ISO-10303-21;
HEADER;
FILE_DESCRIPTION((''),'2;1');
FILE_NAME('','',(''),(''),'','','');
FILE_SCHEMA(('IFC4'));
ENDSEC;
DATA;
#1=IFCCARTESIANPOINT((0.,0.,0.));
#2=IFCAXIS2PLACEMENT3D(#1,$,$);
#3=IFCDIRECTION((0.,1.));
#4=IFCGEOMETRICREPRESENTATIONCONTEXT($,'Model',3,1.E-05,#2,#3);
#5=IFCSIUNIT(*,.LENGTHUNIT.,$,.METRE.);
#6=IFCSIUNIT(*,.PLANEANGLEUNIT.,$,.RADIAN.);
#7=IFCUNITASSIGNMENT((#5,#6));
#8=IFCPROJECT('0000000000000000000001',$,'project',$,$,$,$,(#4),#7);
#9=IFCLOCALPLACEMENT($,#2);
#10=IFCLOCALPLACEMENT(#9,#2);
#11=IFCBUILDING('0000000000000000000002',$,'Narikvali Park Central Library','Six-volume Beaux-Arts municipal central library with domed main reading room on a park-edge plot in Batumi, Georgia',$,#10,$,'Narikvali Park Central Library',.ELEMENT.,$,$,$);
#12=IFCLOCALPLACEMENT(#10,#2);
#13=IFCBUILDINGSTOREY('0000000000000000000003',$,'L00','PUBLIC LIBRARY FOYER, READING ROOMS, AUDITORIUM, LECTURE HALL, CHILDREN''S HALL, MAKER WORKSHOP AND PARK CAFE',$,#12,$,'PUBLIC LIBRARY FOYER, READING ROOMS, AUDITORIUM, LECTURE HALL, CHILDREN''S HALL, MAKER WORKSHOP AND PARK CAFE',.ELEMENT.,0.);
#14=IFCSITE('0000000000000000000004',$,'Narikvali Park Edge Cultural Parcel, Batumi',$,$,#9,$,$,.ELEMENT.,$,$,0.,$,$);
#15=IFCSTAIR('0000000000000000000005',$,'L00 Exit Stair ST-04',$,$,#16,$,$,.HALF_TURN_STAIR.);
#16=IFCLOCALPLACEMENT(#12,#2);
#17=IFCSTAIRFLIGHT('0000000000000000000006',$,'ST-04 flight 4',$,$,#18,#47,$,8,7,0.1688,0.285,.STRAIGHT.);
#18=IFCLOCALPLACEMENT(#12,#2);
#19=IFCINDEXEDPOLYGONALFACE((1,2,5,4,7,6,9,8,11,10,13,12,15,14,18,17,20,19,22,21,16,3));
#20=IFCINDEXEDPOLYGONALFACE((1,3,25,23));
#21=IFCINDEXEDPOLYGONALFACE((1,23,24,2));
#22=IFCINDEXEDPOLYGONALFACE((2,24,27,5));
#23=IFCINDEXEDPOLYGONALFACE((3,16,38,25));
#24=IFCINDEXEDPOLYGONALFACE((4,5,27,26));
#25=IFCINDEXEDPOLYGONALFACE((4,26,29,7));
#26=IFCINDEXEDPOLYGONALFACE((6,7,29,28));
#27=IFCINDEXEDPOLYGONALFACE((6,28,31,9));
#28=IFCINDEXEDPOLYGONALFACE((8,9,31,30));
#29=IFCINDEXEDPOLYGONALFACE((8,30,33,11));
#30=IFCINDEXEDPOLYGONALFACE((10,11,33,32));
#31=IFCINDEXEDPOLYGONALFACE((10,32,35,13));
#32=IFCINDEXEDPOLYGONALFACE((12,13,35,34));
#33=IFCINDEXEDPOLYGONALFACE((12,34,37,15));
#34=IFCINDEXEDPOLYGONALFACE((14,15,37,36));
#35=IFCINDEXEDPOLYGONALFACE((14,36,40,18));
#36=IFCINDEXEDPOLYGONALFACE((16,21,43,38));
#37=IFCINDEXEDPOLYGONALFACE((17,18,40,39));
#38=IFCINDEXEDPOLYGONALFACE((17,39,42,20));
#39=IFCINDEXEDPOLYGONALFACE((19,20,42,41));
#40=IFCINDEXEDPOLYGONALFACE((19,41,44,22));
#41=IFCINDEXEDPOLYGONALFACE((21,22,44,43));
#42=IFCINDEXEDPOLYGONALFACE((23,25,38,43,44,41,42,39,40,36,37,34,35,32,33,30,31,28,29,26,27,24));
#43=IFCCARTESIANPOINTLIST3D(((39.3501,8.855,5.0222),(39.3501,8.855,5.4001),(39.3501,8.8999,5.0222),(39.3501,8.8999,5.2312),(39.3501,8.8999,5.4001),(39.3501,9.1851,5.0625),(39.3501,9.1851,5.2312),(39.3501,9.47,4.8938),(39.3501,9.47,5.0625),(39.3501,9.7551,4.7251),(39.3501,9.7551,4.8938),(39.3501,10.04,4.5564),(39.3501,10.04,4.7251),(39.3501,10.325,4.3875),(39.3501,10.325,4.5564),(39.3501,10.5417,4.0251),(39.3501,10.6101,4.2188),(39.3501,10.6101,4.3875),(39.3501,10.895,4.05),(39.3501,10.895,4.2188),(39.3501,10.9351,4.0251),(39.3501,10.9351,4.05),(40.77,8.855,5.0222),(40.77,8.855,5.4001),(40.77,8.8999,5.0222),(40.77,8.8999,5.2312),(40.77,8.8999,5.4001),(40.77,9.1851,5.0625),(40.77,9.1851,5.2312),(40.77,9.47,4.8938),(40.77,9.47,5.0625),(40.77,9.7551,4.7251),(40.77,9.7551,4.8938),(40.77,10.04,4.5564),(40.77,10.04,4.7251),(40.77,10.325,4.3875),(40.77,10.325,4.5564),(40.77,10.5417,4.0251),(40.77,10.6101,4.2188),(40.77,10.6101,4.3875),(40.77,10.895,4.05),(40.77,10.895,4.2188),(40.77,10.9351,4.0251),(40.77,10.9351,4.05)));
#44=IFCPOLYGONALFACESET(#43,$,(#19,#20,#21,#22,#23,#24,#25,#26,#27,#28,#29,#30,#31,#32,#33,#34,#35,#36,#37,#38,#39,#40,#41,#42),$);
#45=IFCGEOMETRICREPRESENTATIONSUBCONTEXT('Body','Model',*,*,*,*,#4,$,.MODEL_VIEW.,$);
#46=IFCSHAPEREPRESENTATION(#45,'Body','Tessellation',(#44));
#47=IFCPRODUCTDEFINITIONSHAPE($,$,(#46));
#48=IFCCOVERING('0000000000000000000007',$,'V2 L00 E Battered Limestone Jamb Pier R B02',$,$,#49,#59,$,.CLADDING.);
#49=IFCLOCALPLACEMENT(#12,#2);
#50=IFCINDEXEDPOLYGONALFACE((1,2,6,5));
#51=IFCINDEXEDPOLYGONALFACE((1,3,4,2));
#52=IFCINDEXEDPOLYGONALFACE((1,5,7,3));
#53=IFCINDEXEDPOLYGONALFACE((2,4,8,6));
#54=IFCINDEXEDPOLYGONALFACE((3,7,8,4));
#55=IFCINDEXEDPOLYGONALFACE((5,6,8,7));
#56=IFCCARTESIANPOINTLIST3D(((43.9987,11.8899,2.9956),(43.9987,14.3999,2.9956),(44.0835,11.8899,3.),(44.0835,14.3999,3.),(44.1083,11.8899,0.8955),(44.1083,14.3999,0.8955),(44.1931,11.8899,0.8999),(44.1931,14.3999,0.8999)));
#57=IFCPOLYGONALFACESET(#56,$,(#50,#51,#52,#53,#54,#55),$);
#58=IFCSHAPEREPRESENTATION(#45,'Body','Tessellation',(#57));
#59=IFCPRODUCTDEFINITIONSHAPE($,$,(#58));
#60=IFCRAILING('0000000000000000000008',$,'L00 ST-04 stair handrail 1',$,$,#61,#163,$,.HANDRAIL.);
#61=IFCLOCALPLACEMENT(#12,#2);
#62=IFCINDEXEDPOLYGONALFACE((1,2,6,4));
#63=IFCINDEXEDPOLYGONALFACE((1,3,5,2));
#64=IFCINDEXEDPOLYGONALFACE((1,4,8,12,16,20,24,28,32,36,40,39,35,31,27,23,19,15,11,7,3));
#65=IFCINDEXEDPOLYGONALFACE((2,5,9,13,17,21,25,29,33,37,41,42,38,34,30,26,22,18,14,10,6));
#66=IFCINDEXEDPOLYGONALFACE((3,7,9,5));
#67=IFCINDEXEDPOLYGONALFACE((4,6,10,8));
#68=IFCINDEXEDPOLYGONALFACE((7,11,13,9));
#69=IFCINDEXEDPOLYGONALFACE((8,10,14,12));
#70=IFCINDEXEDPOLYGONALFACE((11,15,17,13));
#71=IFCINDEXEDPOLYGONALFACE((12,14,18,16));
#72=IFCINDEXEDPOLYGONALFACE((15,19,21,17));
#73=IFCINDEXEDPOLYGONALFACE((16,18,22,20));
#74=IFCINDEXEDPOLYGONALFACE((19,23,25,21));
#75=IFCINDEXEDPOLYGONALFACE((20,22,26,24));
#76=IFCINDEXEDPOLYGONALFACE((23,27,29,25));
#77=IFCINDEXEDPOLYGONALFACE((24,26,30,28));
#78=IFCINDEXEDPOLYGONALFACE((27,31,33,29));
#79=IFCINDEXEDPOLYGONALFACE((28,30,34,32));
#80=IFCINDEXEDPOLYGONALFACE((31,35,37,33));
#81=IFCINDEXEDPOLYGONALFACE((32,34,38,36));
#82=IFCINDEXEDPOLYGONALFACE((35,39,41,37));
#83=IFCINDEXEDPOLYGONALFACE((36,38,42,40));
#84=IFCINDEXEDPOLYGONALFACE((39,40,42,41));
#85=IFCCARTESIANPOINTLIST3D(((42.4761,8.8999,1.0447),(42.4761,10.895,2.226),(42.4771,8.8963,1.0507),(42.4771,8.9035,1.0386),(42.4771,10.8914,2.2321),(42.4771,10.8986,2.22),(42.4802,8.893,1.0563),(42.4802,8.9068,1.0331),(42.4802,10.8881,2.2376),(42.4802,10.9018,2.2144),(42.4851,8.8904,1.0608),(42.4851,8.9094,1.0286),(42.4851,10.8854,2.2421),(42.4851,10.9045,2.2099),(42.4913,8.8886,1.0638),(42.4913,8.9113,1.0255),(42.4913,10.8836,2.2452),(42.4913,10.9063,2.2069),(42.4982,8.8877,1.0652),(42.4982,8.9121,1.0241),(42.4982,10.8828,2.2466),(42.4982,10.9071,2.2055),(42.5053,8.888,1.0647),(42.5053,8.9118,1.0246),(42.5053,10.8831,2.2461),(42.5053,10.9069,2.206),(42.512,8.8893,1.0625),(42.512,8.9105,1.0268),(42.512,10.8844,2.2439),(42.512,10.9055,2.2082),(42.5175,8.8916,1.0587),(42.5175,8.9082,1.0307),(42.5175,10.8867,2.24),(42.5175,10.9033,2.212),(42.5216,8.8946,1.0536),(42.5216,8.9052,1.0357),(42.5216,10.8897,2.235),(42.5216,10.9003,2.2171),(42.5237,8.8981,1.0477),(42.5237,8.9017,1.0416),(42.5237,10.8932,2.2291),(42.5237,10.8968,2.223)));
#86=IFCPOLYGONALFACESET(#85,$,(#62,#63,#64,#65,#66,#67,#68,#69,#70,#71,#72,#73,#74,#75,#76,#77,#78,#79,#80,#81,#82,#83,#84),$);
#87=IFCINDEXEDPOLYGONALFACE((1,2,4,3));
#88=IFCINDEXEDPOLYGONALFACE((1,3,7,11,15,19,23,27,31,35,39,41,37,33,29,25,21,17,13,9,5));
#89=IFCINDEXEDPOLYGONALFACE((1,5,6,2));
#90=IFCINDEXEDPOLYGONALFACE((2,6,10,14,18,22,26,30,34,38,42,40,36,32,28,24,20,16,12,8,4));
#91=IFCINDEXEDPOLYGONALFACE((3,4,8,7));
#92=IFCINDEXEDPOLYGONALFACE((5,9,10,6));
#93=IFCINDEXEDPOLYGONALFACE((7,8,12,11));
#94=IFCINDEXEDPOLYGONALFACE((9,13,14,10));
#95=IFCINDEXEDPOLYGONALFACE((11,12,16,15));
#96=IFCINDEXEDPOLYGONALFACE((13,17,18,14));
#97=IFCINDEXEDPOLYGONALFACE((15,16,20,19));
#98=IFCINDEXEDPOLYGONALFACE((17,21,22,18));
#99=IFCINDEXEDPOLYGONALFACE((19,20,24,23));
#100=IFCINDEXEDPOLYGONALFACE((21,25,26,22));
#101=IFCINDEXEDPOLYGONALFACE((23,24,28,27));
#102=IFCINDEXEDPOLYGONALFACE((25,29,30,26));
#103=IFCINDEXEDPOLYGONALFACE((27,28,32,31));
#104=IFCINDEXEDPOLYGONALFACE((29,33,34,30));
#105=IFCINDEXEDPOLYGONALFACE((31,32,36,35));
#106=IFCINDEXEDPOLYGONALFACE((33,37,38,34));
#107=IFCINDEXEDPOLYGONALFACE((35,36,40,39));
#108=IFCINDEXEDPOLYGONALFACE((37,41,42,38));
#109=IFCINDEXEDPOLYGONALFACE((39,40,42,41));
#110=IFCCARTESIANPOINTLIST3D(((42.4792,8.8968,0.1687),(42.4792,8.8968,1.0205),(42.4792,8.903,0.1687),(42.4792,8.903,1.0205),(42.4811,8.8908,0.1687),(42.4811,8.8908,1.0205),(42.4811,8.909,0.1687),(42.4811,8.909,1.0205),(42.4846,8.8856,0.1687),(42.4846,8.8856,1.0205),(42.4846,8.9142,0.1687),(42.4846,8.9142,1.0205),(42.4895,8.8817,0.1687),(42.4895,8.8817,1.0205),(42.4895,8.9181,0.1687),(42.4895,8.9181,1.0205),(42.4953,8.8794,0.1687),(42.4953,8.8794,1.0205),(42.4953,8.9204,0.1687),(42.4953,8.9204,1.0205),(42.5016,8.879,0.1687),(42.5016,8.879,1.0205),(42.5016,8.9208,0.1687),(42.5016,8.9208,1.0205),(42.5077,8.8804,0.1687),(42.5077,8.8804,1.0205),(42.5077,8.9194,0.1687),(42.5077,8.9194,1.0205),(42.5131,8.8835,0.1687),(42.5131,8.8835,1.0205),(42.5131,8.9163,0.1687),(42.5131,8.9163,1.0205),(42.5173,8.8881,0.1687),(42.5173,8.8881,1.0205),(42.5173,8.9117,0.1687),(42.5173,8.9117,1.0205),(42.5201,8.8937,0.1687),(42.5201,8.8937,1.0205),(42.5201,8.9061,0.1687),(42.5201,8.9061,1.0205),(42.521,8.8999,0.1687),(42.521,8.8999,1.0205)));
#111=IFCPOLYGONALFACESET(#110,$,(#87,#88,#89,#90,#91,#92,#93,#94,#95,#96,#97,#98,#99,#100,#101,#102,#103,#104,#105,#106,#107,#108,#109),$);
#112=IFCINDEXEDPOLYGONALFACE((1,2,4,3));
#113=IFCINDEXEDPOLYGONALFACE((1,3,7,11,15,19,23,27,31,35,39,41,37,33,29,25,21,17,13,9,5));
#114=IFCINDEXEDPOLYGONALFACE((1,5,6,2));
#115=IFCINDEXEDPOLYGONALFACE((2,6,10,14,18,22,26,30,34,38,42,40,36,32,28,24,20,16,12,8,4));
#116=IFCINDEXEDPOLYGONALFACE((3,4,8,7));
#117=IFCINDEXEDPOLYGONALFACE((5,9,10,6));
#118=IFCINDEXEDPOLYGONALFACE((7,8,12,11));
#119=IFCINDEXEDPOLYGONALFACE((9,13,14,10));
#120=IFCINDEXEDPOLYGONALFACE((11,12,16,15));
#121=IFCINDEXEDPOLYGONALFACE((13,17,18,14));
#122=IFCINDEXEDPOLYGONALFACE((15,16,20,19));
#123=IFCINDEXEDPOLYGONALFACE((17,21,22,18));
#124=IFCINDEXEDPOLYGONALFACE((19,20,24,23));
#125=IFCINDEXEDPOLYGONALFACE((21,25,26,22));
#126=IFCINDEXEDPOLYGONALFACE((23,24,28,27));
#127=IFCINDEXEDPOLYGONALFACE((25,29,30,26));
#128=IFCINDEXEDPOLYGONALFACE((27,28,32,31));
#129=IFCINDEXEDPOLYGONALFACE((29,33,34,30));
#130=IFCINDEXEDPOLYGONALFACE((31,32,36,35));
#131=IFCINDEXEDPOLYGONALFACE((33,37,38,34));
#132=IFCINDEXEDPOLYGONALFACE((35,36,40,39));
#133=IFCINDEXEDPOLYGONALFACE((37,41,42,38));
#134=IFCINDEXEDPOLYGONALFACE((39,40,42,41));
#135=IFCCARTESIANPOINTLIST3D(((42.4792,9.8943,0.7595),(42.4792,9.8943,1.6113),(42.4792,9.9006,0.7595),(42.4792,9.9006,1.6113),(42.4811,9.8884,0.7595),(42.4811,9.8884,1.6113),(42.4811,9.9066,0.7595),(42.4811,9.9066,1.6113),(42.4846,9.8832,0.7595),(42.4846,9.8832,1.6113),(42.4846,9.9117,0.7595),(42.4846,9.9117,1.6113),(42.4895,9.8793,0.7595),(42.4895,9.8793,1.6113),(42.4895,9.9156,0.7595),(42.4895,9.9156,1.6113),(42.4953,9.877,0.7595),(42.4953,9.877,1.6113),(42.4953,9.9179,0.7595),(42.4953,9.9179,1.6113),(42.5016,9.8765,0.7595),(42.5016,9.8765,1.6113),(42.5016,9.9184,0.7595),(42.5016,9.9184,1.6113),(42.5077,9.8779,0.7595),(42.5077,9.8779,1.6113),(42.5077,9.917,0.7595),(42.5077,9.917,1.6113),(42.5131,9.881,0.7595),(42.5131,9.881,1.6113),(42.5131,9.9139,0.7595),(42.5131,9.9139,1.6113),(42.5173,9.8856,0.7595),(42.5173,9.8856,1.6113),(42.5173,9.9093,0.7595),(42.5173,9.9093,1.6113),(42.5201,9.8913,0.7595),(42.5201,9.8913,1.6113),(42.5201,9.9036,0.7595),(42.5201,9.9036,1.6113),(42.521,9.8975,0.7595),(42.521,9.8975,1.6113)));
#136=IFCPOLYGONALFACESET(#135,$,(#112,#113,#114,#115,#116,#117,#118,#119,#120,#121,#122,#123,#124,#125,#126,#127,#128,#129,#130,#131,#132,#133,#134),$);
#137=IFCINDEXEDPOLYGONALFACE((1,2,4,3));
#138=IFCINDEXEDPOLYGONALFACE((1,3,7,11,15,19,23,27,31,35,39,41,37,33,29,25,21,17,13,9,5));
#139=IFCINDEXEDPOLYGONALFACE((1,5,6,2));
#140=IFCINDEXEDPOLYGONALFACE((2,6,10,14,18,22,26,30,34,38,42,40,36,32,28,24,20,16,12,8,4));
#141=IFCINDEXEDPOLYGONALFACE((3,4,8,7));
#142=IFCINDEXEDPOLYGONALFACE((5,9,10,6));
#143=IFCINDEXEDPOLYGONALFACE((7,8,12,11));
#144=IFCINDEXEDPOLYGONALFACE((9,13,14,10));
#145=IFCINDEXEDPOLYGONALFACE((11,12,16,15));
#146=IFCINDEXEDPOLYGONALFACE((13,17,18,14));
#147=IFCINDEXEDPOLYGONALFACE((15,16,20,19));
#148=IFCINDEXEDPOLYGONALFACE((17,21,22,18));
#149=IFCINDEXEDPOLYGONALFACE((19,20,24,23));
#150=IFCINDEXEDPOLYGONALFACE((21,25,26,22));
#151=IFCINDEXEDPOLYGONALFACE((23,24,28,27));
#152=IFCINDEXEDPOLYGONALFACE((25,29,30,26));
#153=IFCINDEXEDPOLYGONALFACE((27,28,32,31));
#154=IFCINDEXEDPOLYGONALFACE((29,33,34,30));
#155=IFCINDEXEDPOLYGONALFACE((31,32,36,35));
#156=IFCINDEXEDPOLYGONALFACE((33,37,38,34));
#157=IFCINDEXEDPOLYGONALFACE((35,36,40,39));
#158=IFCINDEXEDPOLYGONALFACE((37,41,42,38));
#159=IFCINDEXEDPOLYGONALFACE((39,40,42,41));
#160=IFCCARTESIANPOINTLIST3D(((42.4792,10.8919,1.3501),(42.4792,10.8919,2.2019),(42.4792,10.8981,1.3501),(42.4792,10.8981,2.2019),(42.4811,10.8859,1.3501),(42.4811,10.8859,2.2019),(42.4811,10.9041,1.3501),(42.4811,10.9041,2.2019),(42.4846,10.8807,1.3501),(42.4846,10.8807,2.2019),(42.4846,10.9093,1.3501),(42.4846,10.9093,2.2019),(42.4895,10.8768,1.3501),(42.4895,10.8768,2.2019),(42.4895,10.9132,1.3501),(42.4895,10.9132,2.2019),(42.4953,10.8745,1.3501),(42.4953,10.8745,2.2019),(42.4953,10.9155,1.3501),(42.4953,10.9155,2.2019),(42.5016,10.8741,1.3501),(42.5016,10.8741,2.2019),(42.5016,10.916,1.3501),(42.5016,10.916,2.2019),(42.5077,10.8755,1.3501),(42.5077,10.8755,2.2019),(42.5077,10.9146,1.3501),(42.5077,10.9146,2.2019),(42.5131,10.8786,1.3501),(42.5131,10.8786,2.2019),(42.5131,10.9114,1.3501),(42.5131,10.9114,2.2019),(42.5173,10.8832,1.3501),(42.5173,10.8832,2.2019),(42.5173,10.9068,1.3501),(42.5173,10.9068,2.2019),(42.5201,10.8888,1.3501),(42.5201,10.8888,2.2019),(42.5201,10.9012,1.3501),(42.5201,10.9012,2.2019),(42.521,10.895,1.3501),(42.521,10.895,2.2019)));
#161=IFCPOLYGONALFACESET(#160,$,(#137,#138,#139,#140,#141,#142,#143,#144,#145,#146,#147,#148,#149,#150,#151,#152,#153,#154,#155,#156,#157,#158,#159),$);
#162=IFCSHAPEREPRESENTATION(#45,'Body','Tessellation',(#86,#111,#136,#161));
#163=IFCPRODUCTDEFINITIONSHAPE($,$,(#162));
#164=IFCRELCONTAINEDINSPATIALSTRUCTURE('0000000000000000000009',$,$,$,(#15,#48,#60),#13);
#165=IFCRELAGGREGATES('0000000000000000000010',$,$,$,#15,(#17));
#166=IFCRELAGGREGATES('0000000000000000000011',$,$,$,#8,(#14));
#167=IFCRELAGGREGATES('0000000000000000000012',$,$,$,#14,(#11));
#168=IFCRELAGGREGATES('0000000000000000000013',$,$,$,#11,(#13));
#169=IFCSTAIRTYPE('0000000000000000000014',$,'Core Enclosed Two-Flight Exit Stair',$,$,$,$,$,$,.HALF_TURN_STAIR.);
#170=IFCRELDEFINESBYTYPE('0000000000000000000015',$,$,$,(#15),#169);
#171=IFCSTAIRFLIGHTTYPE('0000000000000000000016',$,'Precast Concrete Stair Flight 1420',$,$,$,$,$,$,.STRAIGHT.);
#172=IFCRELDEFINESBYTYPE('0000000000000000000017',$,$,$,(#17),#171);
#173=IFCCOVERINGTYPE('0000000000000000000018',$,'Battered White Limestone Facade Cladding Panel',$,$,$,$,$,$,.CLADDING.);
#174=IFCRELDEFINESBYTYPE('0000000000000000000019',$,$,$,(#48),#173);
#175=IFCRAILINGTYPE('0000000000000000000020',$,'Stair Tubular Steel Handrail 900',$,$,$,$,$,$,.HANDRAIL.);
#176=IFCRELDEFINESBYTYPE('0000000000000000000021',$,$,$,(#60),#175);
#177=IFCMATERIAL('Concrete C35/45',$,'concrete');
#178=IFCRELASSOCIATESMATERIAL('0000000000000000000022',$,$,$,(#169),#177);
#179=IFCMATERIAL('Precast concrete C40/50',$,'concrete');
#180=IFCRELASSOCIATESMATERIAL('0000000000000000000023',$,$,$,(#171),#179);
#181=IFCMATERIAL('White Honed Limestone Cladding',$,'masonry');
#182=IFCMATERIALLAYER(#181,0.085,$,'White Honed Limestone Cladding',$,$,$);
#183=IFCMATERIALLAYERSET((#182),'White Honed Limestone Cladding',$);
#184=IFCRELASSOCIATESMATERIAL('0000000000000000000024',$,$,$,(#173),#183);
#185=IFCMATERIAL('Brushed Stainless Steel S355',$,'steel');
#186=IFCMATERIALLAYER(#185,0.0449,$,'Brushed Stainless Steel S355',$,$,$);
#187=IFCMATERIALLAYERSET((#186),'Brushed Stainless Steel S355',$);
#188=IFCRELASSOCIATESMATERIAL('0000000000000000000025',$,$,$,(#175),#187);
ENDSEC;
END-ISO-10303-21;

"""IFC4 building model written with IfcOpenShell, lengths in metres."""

from ifc_helpers import new_model, si_unit, direction, frame, origin, origin_2d, place, context, subcontext, project, spatial, polyline, circle, outline, extrude, material, layer, layer_set, type_object, element, aggregate, save


model = new_model("IFC4")

# Units and contexts
model_context = context("Model", 3, precision=1e-05, world=origin(), true_north=direction((0.0, 1.0)))
body_context = subcontext(model_context, "Body", "Model", "MODEL_VIEW")
ifc_project = project(units=[si_unit("LENGTHUNIT", "METRE"), si_unit("PLANEANGLEUNIT", "RADIAN")], contexts=[model_context])

# Site, building, storey
site_placement = place(None, origin())
site = spatial("IfcSite", under=ifc_project, at=site_placement, Name="Narikvali Park Edge Cultural Parcel, Batumi", CompositionType="ELEMENT", RefElevation=0.0)
building_placement = place(site_placement, origin())
building = spatial("IfcBuilding", under=site, at=building_placement, Name="Narikvali Park Central Library", Description="Six-volume Beaux-Arts municipal central library with domed main reading room on a park-edge plot in Batumi, Georgia", LongName="Narikvali Park Central Library", CompositionType="ELEMENT")
storey_placement = place(building_placement, origin())
storey = spatial("IfcBuildingStorey", under=building, at=storey_placement, Name="L00", Description="PUBLIC LIBRARY FOYER, READING ROOMS, AUDITORIUM, LECTURE HALL, CHILDREN'S HALL, MAKER WORKSHOP AND PARK CAFE", LongName="PUBLIC LIBRARY FOYER, READING ROOMS, AUDITORIUM, LECTURE HALL, CHILDREN'S HALL, MAKER WORKSHOP AND PARK CAFE", CompositionType="ELEMENT", Elevation=0.0)

# Stair, stair flight
ifc_material_1 = material(Name="Concrete C35/45", Category="concrete")
stair_type = type_object("IfcStairType", Name="Core Enclosed Two-Flight Exit Stair", PredefinedType="HALF_TURN_STAIR", material=ifc_material_1)
stair_placement = place(storey_placement, origin())
stair = element("IfcStair", 1, at=stair_placement, inside=storey, type_object=stair_type, Name="L00 Exit Stair ST-04", PredefinedType="HALF_TURN_STAIR")
ifc_material_2 = material(Name="Precast concrete C40/50", Category="concrete")
stair_flight_type = type_object("IfcStairFlightType", Name="Precast Concrete Stair Flight 1420", PredefinedType="STRAIGHT", material=ifc_material_2)
stair_flight_1_placement = place(storey_placement, frame((40.0601, 10.895, 4.05), z_axis=(0.0, 0.0, 1.0), x_axis=(0.0, -1.0, 0.0)))
stair_flight_1 = element("IfcStairFlight", 2, at=stair_flight_1_placement, type_object=stair_flight_type, Name="ST-04 flight 4", NumberOfRisers=8, NumberOfTreads=7, PredefinedType="STRAIGHT", RiserHeight=0.1688, TreadLength=0.285, context=body_context, shape_type="SweptSolid", body=[
    extrude(outline(polyline([(-0.04, -0.0249), (-0.04, 0.0), (0.0, 0.0), (0.0, 0.1687), (0.2849, 0.1687), (0.2849, 0.3374), (0.5701, 0.3374), (0.5701, 0.5063), (0.855, 0.5063), (0.855, 0.675), (1.1399, 0.675), (1.1399, 0.8438), (1.425, 0.8438), (1.425, 1.0125), (1.71, 1.0125), (1.71, 1.1812), (1.9951, 1.1812), (1.9951, 1.3501), (2.04, 1.3501), (2.04, 0.9722), (1.9951, 0.9722), (0.3533, -0.0249), (-0.04, -0.0249)])), frame((0.0, 0.71, 0.0), z_axis=(0.0, -1.0, 0.0), x_axis=(1.0, 0.0, 0.0)), (0.0, 0.0, 1.0), 1.4199),
])
aggregate(stair, [stair_flight_1])

# Covering
ifc_material_3 = material(Name="White Honed Limestone Cladding", Category="masonry")
ifc_layer_1 = layer(ifc_material_3, 0.085, Name="White Honed Limestone Cladding")
ifc_layer_set_1 = layer_set([ifc_layer_1], Name="White Honed Limestone Cladding")
covering_type = type_object("IfcCoveringType", Name="Battered White Limestone Facade Cladding Panel", PredefinedType="CLADDING", material=ifc_layer_set_1)
covering_placement = place(storey_placement, frame((44.1931, 11.8899, 0.8999), z_axis=(0.998641, 0.0, 0.052126), x_axis=(0.0, 1.0, 0.0)))
element("IfcCovering", 3, at=covering_placement, inside=storey, type_object=covering_type, Name="V2 L00 E Battered Limestone Jamb Pier R B02", PredefinedType="CLADDING", context=body_context, shape_type="SweptSolid", body=[
    extrude(outline(polyline([(0.0, 0.0), (2.51, 0.0), (2.51, 2.103), (0.0, 2.103), (0.0, 0.0)])), origin(), (0.0, 0.0, -1.0), 0.085),
])

# Railing
ifc_material_4 = material(Name="Brushed Stainless Steel S355", Category="steel")
ifc_layer_2 = layer(ifc_material_4, 0.0449, Name="Brushed Stainless Steel S355")
ifc_layer_set_2 = layer_set([ifc_layer_2], Name="Brushed Stainless Steel S355")
railing_type_1 = type_object("IfcRailingType", Name="Stair Tubular Steel Handrail 900", PredefinedType="HANDRAIL", material=ifc_layer_set_2)
railing_1_placement = place(storey_placement, frame((42.5, 8.8999, 0.1687)))
element("IfcRailing", 4, at=railing_1_placement, inside=storey, type_object=railing_type_1, Name="L00 ST-04 stair handrail 1", PredefinedType="HANDRAIL", context=body_context, shape_type="SweptSolid", body=[
    extrude(circle(Radius=0.0239, at=origin_2d()), frame((0.0, 0.0, 0.876), z_axis=(0.0, 0.860461, 0.509517), x_axis=(-1.0, 0.0, 0.0)), (0.0, 0.0, 1.0), 2.3186),
    extrude(circle(Radius=0.021, at=origin_2d()), origin(), (0.0, 0.0, 1.0), 0.8518),
    extrude(circle(Radius=0.021, at=origin_2d()), frame((0.0, 0.9976, 0.5908)), (0.0, 0.0, 1.0), 0.8518),
    extrude(circle(Radius=0.021, at=origin_2d()), frame((0.0, 1.9951, 1.1814)), (0.0, 0.0, 1.0), 0.8518),
])

save(model, "model.ifc")
